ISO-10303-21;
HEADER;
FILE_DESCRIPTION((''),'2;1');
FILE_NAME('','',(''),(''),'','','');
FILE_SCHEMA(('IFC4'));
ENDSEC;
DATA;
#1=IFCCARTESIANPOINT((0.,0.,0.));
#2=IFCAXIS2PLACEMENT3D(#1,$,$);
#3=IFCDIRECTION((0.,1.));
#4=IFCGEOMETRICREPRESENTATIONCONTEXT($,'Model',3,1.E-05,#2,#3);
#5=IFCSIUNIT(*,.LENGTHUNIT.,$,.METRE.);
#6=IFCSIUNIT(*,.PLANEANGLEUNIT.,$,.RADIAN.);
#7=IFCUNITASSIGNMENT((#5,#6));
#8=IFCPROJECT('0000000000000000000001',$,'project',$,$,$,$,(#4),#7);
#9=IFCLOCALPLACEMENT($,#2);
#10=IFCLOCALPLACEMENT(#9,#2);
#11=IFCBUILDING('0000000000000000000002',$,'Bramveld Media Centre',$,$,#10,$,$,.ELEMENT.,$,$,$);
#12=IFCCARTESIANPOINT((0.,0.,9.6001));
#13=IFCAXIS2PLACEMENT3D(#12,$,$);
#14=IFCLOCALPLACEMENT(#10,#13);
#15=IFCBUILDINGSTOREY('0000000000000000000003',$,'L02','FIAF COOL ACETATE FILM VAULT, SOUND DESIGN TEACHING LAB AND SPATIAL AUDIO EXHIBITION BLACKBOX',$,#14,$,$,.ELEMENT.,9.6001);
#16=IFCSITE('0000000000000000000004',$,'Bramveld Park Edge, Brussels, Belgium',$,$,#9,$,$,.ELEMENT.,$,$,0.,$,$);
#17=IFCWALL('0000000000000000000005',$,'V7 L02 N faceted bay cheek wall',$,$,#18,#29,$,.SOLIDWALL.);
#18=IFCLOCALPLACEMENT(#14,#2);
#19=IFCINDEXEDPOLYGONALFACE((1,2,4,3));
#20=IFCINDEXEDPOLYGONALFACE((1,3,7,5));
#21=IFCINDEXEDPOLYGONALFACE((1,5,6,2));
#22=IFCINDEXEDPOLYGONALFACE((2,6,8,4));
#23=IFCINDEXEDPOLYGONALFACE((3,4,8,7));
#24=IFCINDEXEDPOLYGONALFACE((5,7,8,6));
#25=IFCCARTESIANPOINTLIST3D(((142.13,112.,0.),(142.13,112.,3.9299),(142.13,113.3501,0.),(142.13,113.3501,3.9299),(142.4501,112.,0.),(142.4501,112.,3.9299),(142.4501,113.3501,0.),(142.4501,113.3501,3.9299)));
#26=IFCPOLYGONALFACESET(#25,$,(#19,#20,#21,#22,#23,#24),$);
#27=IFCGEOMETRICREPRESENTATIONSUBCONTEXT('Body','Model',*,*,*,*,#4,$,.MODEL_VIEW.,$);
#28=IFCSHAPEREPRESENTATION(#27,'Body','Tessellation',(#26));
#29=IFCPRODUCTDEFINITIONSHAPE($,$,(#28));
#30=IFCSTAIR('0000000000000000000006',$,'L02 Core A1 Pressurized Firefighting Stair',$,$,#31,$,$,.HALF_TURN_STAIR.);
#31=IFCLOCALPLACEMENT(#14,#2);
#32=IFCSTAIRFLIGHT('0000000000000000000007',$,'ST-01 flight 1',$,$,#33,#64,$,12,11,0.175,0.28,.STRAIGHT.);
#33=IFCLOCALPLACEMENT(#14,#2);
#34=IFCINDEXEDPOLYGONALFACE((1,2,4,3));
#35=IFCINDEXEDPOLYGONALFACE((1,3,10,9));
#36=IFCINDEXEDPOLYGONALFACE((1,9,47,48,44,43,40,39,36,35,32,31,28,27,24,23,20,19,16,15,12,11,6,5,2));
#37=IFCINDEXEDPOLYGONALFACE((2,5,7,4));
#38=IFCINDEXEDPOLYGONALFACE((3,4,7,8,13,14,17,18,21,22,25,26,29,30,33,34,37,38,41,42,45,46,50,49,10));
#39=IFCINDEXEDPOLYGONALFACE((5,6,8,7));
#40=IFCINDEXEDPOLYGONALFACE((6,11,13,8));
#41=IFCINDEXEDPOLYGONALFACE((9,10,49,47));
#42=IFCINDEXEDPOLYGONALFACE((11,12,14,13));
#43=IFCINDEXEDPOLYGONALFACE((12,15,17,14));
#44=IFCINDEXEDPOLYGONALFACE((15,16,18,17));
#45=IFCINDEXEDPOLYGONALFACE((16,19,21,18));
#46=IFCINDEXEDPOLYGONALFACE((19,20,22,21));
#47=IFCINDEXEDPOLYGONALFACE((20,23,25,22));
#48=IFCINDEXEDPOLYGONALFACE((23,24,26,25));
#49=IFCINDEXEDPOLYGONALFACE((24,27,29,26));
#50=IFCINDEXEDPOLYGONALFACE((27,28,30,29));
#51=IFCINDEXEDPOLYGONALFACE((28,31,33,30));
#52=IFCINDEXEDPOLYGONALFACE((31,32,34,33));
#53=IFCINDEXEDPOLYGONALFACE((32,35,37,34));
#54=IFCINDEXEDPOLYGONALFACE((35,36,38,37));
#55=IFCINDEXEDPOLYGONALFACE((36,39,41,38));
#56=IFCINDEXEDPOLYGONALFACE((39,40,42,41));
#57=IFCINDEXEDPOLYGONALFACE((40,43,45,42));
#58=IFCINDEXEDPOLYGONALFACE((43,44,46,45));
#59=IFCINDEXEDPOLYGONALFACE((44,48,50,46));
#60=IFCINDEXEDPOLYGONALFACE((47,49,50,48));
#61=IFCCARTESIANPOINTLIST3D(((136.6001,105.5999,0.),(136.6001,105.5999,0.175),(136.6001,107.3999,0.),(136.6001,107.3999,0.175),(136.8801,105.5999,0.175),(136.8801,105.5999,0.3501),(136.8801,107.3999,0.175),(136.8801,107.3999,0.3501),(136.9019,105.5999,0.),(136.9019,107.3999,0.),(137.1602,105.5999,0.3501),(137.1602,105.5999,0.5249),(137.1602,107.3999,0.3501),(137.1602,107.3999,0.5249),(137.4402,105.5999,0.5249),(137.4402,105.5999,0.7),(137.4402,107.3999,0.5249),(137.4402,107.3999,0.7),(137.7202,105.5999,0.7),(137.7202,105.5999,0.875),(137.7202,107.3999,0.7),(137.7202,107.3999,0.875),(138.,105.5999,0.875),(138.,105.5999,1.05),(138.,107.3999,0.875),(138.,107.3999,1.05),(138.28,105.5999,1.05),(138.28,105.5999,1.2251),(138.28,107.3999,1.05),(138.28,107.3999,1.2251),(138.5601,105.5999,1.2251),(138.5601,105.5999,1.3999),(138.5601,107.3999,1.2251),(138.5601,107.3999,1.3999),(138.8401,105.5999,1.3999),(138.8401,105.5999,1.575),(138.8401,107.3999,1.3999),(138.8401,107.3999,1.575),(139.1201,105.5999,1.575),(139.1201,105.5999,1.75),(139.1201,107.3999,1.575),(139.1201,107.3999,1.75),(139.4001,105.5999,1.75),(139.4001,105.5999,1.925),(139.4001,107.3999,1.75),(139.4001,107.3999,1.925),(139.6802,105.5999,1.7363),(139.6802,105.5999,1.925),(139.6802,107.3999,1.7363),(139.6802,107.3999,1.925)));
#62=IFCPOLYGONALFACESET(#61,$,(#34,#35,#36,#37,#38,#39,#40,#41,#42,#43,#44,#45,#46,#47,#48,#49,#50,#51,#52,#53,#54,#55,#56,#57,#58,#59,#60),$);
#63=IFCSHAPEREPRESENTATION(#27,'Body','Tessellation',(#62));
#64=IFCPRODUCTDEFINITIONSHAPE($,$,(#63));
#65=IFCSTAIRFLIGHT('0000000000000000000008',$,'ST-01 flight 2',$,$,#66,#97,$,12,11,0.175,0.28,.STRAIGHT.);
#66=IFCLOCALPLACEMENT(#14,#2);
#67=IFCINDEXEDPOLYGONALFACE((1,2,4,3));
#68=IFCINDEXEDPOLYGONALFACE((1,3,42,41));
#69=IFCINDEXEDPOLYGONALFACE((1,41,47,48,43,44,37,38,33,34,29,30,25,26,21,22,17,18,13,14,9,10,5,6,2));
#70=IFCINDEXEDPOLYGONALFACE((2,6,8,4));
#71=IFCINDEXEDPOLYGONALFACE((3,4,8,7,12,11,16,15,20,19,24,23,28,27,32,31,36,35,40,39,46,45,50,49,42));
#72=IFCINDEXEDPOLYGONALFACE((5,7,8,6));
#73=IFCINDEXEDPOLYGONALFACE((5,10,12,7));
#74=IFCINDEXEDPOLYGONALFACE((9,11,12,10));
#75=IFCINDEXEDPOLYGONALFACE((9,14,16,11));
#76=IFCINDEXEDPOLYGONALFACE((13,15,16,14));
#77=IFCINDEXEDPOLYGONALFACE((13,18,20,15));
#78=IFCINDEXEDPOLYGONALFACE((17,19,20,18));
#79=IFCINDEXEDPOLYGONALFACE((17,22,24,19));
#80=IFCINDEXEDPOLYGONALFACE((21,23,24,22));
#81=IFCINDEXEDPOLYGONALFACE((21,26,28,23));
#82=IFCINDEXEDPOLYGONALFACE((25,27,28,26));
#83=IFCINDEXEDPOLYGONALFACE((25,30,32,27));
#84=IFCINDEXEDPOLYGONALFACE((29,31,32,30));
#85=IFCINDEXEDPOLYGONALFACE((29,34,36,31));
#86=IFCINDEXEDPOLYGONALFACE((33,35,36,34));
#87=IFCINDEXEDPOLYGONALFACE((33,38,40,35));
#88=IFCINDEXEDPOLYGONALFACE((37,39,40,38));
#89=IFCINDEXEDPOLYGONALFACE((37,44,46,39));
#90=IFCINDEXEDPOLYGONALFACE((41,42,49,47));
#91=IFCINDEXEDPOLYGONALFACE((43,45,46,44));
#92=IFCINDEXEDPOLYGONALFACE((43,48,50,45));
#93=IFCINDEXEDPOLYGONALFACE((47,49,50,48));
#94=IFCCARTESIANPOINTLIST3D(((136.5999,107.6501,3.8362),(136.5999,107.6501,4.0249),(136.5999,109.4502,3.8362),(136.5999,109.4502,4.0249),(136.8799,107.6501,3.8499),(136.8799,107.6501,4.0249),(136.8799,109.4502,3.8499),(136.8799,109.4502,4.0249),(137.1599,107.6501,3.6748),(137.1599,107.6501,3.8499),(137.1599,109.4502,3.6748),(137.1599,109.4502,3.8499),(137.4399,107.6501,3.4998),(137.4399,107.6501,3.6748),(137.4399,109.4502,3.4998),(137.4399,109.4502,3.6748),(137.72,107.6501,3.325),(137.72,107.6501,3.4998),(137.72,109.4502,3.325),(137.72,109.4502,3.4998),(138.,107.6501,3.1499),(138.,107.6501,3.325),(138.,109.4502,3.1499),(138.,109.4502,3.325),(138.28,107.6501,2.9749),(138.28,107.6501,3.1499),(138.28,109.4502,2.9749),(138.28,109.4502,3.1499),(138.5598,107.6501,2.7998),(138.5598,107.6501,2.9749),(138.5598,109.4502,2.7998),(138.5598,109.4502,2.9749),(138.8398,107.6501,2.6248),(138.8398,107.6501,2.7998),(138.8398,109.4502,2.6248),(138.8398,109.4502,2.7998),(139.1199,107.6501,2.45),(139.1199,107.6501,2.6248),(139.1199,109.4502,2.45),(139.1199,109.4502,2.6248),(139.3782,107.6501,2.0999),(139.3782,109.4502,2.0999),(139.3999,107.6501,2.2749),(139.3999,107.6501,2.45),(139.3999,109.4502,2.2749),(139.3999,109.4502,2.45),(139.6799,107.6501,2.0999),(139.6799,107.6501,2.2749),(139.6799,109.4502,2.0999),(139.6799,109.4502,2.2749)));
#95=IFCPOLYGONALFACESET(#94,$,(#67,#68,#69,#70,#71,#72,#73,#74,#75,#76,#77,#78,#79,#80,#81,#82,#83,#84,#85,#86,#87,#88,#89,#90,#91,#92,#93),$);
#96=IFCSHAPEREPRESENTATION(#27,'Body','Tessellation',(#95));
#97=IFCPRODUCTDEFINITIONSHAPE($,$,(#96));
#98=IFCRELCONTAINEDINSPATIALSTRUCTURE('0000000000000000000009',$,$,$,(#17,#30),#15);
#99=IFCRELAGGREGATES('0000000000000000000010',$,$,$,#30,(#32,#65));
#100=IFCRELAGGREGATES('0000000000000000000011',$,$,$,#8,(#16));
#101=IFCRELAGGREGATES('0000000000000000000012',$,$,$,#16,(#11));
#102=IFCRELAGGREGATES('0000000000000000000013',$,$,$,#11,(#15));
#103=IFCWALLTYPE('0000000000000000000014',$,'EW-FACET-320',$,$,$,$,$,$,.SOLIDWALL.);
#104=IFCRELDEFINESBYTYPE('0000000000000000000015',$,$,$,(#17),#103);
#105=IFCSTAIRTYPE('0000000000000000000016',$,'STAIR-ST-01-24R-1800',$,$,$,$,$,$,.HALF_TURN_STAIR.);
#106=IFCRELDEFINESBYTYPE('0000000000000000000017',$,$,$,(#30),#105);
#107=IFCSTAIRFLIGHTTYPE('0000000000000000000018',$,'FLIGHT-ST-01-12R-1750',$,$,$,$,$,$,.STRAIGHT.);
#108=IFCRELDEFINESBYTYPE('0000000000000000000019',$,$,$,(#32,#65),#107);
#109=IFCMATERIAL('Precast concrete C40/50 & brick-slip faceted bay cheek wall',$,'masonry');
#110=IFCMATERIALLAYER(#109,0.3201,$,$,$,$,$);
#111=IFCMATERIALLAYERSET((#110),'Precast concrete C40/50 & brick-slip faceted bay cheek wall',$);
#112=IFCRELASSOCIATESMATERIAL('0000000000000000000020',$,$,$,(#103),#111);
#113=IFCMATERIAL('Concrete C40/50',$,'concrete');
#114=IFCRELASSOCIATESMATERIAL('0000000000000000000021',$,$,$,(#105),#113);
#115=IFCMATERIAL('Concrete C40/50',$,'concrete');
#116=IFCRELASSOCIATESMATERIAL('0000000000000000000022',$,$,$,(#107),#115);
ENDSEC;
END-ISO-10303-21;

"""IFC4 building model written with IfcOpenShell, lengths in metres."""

from ifc_helpers import new_model, si_unit, direction, frame, frame_2d, origin, place, context, subcontext, project, spatial, polyline, rectangle, outline, extrude, material, layer, layer_set, type_object, element, aggregate, save


model = new_model("IFC4")

# Units and contexts
model_context = context("Model", 3, precision=1e-05, world=origin(), true_north=direction((0.0, 1.0)))
body_context = subcontext(model_context, "Body", "Model", "MODEL_VIEW")
ifc_project = project(units=[si_unit("LENGTHUNIT", "METRE"), si_unit("PLANEANGLEUNIT", "RADIAN")], contexts=[model_context])

# Site, building, storey
site_placement = place(None, origin())
site = spatial("IfcSite", under=ifc_project, at=site_placement, Name="Bramveld Park Edge, Brussels, Belgium", CompositionType="ELEMENT", RefElevation=0.0)
building_placement = place(site_placement, origin())
building = spatial("IfcBuilding", under=site, at=building_placement, Name="Bramveld Media Centre", CompositionType="ELEMENT")
storey_placement = place(building_placement, frame((0.0, 0.0, 9.6001)))
storey = spatial("IfcBuildingStorey", under=building, at=storey_placement, Name="L02", Description="FIAF COOL ACETATE FILM VAULT, SOUND DESIGN TEACHING LAB AND SPATIAL AUDIO EXHIBITION BLACKBOX", CompositionType="ELEMENT", Elevation=9.6001)

# Shared definitions
ifc_material_1 = material(Name="Precast concrete C40/50 & brick-slip faceted bay cheek wall", Category="masonry")
ifc_layer_1 = layer(ifc_material_1, 0.3201)
ifc_layer_set_1 = layer_set([ifc_layer_1], Name="Precast concrete C40/50 & brick-slip faceted bay cheek wall")
wall_type_1 = type_object("IfcWallType", Name="EW-FACET-320", PredefinedType="SOLIDWALL", material=ifc_layer_set_1)

# Wall
wall_1_placement = place(storey_placement, frame((142.29, 112.0, 0.0), z_axis=(0.0, 0.0, 1.0), x_axis=(0.0, 1.0, 0.0)))
element("IfcWall", 1, at=wall_1_placement, inside=storey, type_object=wall_type_1, Name="V7 L02 N faceted bay cheek wall", PredefinedType="SOLIDWALL", context=body_context, shape_type="SweptSolid", body=[
    extrude(rectangle(XDim=1.3501, YDim=0.3201, at=frame_2d((0.675, 0.0))), origin(), (0.0, 0.0, 1.0), 3.9299),
])

# Stair, stair flights
ifc_material_2 = material(Name="Concrete C40/50", Category="concrete")
stair_type = type_object("IfcStairType", Name="STAIR-ST-01-24R-1800", PredefinedType="HALF_TURN_STAIR", material=ifc_material_2)
stair_placement = place(storey_placement, origin())
stair = element("IfcStair", 2, at=stair_placement, inside=storey, type_object=stair_type, Name="L02 Core A1 Pressurized Firefighting Stair", PredefinedType="HALF_TURN_STAIR")
ifc_material_3 = material(Name="Concrete C40/50", Category="concrete")
stair_flight_type = type_object("IfcStairFlightType", Name="FLIGHT-ST-01-12R-1750", PredefinedType="STRAIGHT", material=ifc_material_3)
stair_flight_1_placement = place(storey_placement, frame((136.6001, 106.5, 0.0), z_axis=(0.0, 0.0, 1.0), x_axis=(1.0, 0.0, 0.0)))
stair_flight_1 = element("IfcStairFlight", 3, at=stair_flight_1_placement, type_object=stair_flight_type, Name="ST-01 flight 1", NumberOfRisers=12, NumberOfTreads=11, PredefinedType="STRAIGHT", RiserHeight=0.175, TreadLength=0.28, context=body_context, shape_type="SweptSolid", body=[
    extrude(outline(polyline([(0.0, 0.0), (0.0, 0.175), (0.28, 0.175), (0.28, 0.3501), (0.5601, 0.3501), (0.5601, 0.5249), (0.8401, 0.5249), (0.8401, 0.7), (1.1201, 0.7), (1.1201, 0.875), (1.3999, 0.875), (1.3999, 1.05), (1.6799, 1.05), (1.6799, 1.2251), (1.96, 1.2251), (1.96, 1.3999), (2.24, 1.3999), (2.24, 1.575), (2.52, 1.575), (2.52, 1.75), (2.8, 1.75), (2.8, 1.925), (3.0801, 1.925), (3.0801, 2.1001), (3.0801, 1.7363), (0.3018, 0.0), (0.0, 0.0)])), frame((0.0, 0.8999, 0.0), z_axis=(0.0, -1.0, 0.0), x_axis=(1.0, 0.0, 0.0)), (0.0, 0.0, 1.0), 1.8),
])
stair_flight_2_placement = place(storey_placement, frame((139.6799, 108.55, 2.0999), z_axis=(0.0, 0.0, 1.0), x_axis=(-1.0, 0.0, 0.0)))
stair_flight_2 = element("IfcStairFlight", 4, at=stair_flight_2_placement, type_object=stair_flight_type, Name="ST-01 flight 2", NumberOfRisers=12, NumberOfTreads=11, PredefinedType="STRAIGHT", RiserHeight=0.175, TreadLength=0.28, context=body_context, shape_type="SweptSolid", body=[
    extrude(outline(polyline([(0.0, 0.0), (0.0, 0.175), (0.28, 0.175), (0.28, 0.3501), (0.5601, 0.3501), (0.5601, 0.5249), (0.8401, 0.5249), (0.8401, 0.7), (1.1201, 0.7), (1.1201, 0.875), (1.3999, 0.875), (1.3999, 1.05), (1.6799, 1.05), (1.6799, 1.2251), (1.96, 1.2251), (1.96, 1.3999), (2.24, 1.3999), (2.24, 1.575), (2.52, 1.575), (2.52, 1.75), (2.8, 1.75), (2.8, 1.925), (3.0801, 1.925), (3.0801, 2.1001), (3.0801, 1.7363), (0.3018, 0.0), (0.0, 0.0)])), frame((0.0, 0.8999, 0.0), z_axis=(0.0, -1.0, 0.0), x_axis=(1.0, 0.0, 0.0)), (0.0, 0.0, 1.0), 1.8),
])
aggregate(stair, [stair_flight_1, stair_flight_2])

save(model, "model.ifc")
